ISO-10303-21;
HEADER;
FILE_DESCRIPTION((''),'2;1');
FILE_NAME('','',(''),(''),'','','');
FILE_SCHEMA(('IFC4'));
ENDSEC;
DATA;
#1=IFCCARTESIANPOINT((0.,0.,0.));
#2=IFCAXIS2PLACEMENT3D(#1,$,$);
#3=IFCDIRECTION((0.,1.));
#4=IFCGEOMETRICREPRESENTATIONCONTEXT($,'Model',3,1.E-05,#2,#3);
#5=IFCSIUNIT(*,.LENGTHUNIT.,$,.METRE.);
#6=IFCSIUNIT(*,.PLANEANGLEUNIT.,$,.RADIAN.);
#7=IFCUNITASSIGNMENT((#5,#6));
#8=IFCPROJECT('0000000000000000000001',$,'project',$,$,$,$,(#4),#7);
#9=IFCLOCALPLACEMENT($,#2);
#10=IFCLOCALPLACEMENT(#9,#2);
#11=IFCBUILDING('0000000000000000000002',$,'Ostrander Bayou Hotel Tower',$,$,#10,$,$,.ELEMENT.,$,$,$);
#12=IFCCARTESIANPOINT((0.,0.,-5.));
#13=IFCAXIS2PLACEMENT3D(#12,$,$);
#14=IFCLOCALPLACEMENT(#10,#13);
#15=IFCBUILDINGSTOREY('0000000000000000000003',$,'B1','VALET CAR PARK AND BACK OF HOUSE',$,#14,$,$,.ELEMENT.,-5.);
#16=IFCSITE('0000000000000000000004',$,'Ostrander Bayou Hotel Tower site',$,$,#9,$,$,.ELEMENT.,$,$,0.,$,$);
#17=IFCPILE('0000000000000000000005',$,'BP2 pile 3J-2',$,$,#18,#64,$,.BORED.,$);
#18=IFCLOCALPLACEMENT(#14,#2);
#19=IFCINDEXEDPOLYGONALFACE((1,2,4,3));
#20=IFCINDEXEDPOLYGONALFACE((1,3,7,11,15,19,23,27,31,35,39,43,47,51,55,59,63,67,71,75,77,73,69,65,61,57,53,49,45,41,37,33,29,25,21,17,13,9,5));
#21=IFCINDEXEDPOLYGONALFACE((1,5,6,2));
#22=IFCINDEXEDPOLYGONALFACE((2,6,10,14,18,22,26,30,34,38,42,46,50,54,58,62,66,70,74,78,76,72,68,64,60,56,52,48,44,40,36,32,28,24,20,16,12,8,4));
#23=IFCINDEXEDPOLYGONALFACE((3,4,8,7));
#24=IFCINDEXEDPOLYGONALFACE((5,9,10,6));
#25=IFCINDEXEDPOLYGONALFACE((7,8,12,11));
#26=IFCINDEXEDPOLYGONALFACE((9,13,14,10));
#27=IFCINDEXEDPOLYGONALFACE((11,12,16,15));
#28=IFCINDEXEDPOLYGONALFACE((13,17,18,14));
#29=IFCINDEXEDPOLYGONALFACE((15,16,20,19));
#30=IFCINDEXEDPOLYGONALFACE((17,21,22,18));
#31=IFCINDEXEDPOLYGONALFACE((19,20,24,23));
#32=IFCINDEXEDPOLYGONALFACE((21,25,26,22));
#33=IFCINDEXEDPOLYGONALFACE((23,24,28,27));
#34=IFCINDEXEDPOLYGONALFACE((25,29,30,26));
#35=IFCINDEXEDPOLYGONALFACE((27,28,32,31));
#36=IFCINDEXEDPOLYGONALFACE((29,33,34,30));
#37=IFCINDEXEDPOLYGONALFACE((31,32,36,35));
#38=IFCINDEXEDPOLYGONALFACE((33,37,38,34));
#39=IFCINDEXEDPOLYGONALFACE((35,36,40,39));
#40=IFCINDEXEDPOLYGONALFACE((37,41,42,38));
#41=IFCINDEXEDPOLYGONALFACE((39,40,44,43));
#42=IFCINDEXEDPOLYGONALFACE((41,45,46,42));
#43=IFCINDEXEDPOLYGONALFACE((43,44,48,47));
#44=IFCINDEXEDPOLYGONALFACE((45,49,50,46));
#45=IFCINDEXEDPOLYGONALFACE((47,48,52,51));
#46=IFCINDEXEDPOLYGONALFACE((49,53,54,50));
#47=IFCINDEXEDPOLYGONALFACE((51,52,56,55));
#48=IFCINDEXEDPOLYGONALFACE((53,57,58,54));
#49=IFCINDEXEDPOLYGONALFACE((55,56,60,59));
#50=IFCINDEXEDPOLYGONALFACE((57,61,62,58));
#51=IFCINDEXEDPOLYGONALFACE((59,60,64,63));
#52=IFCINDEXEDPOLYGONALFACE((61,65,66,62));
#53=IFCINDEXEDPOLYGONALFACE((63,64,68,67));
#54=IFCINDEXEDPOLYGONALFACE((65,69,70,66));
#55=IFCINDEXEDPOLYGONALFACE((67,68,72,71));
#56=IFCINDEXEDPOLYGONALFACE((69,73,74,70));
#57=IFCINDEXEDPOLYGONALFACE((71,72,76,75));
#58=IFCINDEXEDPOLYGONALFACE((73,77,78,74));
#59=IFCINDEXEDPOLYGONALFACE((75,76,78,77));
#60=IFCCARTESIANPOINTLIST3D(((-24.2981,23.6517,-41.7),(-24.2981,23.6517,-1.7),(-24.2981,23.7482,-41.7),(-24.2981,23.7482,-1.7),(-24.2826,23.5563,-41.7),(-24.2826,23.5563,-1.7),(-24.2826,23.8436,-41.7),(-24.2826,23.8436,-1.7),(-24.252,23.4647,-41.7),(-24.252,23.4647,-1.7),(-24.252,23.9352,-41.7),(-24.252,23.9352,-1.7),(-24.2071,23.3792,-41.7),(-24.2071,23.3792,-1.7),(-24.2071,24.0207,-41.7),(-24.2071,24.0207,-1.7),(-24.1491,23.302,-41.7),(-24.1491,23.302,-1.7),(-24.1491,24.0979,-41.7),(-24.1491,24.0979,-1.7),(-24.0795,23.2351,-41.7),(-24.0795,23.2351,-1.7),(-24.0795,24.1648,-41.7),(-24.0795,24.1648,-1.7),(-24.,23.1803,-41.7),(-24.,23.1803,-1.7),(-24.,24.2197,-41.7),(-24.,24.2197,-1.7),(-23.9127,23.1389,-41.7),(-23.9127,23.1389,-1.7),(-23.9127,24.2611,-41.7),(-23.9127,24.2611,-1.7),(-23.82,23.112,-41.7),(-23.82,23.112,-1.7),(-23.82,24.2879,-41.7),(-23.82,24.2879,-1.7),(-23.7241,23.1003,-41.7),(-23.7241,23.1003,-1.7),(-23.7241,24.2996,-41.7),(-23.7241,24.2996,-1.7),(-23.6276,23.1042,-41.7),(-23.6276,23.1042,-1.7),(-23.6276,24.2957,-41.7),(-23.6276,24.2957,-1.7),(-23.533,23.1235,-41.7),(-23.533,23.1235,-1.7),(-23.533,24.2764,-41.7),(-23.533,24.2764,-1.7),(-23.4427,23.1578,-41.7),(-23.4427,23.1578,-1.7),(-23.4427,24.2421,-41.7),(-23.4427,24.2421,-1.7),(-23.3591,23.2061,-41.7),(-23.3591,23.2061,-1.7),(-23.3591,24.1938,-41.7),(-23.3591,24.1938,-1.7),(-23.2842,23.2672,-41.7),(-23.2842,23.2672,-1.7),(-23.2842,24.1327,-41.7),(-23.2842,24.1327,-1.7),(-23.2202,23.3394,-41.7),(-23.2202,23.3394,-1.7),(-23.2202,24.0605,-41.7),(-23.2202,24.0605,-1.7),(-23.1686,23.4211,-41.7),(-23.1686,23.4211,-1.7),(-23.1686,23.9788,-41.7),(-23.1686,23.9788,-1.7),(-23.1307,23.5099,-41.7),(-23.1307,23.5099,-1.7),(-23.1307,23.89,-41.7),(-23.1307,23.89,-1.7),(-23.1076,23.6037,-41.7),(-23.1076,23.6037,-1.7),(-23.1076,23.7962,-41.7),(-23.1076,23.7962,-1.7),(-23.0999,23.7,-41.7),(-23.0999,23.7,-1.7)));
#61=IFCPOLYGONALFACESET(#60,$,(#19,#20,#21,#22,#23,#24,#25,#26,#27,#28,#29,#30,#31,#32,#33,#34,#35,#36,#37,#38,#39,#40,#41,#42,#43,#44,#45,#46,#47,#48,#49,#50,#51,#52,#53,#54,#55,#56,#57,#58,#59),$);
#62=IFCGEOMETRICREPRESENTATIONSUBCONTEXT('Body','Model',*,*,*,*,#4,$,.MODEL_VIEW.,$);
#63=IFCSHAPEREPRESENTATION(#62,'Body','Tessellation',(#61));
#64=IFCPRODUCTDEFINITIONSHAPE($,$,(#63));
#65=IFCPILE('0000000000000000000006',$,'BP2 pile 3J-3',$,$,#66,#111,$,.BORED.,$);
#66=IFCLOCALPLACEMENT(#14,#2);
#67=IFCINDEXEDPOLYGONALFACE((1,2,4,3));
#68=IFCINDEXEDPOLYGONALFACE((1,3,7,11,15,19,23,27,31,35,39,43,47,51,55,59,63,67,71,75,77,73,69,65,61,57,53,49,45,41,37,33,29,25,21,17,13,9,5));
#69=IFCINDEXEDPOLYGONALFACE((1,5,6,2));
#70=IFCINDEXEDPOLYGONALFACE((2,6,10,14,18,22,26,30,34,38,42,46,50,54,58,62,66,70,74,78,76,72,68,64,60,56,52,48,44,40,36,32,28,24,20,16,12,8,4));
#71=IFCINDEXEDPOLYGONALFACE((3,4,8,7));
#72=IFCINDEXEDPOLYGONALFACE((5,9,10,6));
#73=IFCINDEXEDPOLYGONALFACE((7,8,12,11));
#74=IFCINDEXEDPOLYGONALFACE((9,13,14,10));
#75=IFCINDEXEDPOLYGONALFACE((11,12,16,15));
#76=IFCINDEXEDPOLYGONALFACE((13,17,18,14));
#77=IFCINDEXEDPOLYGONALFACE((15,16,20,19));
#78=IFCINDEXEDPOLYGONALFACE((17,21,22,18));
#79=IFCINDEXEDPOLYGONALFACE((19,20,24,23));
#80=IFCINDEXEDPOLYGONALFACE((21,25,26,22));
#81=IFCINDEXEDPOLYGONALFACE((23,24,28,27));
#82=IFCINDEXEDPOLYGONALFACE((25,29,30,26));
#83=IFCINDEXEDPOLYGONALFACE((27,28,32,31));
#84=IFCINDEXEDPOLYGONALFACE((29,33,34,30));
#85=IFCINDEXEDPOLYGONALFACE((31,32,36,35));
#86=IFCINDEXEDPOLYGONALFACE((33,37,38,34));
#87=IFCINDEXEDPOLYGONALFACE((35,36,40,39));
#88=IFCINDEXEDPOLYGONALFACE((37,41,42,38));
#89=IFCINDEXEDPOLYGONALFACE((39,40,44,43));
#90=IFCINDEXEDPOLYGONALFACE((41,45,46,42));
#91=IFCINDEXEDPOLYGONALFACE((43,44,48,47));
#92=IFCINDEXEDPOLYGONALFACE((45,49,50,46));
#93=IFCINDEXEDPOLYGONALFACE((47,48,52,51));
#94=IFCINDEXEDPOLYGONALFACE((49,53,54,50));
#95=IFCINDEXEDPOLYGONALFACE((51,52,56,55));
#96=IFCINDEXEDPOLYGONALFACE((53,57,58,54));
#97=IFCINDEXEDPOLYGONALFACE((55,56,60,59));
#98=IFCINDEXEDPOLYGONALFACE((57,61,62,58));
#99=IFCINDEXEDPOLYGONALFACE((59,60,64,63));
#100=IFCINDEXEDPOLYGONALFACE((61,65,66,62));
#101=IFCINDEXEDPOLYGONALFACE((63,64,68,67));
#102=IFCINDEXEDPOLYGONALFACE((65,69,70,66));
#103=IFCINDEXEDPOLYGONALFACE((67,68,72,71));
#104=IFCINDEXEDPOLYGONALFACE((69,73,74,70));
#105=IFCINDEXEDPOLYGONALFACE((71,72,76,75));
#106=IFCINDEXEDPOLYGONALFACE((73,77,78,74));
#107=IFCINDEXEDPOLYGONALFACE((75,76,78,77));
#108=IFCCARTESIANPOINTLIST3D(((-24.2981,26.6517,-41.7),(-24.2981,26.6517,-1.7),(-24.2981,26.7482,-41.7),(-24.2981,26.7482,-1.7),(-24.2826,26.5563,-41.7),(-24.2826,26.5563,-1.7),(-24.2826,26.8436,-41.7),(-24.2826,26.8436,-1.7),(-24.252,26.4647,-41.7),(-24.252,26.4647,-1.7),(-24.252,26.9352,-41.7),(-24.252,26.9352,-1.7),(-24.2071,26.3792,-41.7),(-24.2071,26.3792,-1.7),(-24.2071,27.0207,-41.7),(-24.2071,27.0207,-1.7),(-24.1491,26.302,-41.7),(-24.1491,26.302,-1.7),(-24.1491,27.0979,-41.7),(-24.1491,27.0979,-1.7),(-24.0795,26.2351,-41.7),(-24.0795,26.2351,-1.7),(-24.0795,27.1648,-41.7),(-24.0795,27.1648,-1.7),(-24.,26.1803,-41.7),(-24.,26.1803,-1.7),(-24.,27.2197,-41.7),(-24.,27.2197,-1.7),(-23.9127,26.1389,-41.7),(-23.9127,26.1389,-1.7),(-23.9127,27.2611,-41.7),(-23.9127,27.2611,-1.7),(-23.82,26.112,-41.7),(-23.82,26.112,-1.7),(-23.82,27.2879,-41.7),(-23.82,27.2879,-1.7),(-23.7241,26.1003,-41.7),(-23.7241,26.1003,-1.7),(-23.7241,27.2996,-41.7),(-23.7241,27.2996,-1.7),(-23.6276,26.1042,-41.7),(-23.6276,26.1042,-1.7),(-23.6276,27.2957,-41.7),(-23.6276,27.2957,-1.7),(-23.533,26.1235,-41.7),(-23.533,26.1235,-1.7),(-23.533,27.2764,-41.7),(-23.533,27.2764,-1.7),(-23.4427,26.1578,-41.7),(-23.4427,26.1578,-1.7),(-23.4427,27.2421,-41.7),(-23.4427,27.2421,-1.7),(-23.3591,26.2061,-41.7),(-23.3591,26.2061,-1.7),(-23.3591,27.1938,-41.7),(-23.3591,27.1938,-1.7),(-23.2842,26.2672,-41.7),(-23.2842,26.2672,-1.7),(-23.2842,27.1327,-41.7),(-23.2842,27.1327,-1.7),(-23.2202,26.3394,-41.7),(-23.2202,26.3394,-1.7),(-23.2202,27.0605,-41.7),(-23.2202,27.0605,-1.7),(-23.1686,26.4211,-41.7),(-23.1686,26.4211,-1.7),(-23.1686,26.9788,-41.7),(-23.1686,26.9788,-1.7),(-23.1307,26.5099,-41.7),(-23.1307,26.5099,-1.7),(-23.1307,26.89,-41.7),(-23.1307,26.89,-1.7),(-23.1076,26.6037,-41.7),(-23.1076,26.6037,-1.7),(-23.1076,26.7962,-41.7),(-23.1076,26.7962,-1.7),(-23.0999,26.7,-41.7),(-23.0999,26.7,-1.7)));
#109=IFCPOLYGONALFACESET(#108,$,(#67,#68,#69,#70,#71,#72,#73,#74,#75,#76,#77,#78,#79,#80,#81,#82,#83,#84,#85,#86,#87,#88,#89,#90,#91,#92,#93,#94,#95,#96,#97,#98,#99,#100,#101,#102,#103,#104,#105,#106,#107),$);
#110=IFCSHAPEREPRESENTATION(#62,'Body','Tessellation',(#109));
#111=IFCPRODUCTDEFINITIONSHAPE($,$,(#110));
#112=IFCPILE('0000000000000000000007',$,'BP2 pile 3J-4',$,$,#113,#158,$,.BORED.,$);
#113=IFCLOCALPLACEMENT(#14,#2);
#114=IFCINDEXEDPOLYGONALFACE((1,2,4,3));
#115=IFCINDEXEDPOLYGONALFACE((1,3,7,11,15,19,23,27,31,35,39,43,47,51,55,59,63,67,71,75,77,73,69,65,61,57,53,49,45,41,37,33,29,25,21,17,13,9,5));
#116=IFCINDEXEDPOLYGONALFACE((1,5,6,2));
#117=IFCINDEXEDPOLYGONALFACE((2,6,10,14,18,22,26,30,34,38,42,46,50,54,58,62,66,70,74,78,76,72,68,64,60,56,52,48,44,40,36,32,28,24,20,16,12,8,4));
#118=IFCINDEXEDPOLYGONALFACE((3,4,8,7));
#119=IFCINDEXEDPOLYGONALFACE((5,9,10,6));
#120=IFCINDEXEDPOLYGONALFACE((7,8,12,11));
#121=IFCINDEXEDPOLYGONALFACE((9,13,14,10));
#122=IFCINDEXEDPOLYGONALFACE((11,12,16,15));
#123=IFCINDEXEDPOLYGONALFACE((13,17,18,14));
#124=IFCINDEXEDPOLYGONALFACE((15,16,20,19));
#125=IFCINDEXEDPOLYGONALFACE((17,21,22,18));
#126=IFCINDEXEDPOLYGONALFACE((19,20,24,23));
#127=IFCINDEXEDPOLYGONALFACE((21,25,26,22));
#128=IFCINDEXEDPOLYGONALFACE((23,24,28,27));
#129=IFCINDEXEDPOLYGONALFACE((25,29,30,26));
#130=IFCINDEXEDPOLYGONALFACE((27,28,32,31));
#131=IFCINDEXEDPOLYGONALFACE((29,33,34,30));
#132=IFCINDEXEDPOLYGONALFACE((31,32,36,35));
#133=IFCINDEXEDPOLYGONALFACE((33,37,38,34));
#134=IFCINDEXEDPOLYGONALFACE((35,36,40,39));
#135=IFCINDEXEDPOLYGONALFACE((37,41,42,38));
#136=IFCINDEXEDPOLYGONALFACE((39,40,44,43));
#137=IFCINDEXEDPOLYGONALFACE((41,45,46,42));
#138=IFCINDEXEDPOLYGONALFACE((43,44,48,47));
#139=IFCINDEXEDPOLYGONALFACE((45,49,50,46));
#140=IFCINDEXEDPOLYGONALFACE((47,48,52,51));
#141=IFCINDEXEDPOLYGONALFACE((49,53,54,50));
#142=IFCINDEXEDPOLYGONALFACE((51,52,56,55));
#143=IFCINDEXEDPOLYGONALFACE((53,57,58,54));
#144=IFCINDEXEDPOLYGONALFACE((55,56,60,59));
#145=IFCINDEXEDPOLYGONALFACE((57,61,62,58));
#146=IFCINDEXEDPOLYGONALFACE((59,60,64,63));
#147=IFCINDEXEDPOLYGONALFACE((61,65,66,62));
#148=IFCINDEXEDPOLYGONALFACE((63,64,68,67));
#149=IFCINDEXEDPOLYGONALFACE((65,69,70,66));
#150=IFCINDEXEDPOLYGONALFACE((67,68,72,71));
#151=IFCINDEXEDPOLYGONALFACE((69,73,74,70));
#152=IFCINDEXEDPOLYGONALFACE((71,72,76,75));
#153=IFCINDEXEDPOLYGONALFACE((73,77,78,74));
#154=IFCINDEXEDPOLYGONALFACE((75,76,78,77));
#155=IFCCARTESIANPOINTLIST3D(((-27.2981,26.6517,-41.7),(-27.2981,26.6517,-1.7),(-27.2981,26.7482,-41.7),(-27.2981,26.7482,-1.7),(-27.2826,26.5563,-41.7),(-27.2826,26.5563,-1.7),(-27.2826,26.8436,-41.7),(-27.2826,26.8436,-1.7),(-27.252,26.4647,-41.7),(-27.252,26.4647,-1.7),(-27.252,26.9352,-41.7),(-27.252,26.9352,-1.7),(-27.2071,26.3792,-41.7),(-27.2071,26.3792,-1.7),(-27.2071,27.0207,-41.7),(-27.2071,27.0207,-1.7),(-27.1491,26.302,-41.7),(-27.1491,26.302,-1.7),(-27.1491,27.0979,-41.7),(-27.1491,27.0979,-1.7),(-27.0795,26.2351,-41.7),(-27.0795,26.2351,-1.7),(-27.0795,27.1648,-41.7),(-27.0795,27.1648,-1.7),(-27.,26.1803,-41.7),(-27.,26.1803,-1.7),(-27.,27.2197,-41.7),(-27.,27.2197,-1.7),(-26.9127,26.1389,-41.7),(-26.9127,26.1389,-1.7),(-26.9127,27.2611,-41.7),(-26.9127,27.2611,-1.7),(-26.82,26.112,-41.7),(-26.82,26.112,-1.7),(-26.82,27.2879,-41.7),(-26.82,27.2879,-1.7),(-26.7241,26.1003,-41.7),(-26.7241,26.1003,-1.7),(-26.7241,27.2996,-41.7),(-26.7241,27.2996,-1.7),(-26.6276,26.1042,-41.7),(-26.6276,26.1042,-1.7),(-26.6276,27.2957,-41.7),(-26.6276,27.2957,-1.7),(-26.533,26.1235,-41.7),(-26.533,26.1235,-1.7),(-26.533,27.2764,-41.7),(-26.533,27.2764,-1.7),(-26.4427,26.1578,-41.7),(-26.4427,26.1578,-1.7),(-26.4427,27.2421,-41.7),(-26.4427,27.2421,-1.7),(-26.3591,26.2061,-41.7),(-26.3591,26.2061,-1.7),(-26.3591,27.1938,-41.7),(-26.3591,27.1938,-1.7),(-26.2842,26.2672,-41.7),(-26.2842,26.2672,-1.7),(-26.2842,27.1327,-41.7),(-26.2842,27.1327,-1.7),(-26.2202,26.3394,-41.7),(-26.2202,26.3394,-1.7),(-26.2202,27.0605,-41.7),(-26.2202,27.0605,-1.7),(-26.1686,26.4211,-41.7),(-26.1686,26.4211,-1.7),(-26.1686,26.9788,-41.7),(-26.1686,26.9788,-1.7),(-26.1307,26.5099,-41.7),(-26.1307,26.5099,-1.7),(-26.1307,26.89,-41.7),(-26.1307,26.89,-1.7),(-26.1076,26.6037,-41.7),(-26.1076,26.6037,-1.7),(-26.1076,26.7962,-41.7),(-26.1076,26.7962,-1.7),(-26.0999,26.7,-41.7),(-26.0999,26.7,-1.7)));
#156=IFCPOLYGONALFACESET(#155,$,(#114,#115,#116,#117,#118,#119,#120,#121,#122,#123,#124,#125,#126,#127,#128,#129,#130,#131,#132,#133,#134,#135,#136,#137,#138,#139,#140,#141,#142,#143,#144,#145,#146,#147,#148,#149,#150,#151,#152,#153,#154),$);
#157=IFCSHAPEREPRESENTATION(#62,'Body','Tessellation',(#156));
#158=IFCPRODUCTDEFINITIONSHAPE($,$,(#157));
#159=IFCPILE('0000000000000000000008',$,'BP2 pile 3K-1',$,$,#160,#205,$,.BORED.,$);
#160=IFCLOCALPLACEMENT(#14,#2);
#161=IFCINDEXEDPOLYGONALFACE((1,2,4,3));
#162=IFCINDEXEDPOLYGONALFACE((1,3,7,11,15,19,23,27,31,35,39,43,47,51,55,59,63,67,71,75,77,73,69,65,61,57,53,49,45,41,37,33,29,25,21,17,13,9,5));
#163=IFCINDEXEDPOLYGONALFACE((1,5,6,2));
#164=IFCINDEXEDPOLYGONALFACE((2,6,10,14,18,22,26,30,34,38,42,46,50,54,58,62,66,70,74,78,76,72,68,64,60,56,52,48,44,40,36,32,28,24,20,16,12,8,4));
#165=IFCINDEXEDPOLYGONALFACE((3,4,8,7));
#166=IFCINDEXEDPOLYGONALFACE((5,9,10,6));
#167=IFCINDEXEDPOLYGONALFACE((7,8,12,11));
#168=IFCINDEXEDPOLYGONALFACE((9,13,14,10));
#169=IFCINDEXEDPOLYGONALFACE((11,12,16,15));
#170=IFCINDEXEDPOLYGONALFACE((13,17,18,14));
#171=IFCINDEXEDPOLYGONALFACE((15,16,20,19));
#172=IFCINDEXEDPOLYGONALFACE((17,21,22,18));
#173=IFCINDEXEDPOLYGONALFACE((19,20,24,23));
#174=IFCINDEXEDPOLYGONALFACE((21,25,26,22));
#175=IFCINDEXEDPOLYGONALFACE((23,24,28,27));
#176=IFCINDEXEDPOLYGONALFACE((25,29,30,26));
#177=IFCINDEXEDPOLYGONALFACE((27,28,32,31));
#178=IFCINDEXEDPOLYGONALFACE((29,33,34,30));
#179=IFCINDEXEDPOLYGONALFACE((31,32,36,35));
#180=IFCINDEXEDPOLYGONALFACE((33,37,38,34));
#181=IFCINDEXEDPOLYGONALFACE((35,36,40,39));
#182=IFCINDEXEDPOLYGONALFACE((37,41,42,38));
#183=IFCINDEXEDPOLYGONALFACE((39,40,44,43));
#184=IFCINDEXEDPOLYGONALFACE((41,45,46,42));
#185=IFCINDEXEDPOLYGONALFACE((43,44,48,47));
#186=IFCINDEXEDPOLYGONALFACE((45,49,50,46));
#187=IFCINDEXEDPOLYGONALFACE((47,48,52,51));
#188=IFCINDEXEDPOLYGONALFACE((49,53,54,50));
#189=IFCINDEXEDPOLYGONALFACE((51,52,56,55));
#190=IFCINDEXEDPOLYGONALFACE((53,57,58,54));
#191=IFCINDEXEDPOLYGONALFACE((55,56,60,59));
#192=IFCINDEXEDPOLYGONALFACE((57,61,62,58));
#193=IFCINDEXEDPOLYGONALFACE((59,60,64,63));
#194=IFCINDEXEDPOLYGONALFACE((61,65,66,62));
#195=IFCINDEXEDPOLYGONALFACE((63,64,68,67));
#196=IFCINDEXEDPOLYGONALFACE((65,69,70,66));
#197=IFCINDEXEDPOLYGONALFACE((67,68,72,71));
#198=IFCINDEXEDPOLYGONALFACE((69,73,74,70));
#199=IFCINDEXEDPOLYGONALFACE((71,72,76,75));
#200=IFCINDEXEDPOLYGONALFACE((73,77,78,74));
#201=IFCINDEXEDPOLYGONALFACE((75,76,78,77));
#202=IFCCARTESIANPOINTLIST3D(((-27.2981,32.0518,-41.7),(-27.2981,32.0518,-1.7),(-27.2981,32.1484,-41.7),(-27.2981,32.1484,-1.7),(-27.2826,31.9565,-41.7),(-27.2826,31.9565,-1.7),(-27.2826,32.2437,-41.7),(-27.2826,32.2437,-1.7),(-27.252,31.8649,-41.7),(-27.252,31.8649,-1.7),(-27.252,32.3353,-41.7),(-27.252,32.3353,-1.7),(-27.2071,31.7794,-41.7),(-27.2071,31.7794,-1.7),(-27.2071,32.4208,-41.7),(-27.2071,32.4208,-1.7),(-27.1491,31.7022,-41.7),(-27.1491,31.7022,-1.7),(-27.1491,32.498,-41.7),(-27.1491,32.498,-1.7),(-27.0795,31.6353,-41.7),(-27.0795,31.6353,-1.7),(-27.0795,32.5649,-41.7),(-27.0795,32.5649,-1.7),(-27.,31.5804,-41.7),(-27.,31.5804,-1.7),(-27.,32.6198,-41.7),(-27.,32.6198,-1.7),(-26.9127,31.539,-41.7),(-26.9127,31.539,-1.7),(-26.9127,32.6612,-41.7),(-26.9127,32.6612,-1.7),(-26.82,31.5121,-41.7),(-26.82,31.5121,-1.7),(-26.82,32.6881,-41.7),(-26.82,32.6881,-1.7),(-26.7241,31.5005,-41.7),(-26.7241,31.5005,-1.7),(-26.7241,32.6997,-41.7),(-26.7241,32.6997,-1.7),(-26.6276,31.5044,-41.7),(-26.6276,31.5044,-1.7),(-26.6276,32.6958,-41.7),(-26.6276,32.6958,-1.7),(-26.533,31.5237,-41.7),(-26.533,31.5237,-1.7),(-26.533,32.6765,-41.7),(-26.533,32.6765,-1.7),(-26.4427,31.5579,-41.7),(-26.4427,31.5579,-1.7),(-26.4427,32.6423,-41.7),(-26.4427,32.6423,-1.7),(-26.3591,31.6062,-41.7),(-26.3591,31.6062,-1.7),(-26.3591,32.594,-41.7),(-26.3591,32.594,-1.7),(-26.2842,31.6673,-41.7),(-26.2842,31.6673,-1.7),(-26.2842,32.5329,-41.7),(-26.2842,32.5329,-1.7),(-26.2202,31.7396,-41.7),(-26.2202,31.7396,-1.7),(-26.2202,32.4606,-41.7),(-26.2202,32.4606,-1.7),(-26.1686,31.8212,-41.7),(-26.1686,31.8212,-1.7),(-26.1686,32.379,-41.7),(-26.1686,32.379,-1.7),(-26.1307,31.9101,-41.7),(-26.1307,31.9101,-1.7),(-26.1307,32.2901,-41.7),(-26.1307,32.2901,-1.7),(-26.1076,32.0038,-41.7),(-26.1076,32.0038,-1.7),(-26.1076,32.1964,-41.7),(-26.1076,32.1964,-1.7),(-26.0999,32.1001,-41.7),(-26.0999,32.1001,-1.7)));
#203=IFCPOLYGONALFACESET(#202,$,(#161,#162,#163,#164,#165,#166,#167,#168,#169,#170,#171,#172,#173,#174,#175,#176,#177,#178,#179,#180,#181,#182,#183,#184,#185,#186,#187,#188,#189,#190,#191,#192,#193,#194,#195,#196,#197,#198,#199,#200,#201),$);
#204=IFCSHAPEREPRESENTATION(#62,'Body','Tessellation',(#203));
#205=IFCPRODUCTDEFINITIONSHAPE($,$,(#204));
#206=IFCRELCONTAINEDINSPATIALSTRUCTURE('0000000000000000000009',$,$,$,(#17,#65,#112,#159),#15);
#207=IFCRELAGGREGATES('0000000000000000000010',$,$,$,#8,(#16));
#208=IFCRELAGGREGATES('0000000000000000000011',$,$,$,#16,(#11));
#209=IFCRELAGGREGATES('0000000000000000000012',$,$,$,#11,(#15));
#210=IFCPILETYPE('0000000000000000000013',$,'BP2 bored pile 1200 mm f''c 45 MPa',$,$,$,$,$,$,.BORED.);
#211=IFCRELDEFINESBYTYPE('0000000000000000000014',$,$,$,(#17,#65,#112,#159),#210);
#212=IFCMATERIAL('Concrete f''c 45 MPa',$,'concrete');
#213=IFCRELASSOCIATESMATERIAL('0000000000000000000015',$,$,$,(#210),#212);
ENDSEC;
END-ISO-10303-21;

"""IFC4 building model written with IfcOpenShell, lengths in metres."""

from ifc_helpers import new_model, si_unit, direction, frame, origin, origin_2d, place, context, subcontext, project, spatial, circle, extrude, material, material_profile, profile_set, type_object, element, save


model = new_model("IFC4")

# Units and contexts
model_context = context("Model", 3, precision=1e-05, world=origin(), true_north=direction((0.0, 1.0)))
body_context = subcontext(model_context, "Body", "Model", "MODEL_VIEW")
ifc_project = project(units=[si_unit("LENGTHUNIT", "METRE"), si_unit("PLANEANGLEUNIT", "RADIAN")], contexts=[model_context])

# Site, building, storey
site_placement = place(None, origin())
site = spatial("IfcSite", under=ifc_project, at=site_placement, Name="Ostrander Bayou Hotel Tower site", CompositionType="ELEMENT", RefElevation=0.0)
building_placement = place(site_placement, origin())
building = spatial("IfcBuilding", under=site, at=building_placement, Name="Ostrander Bayou Hotel Tower", CompositionType="ELEMENT")
storey_placement = place(building_placement, frame((0.0, 0.0, -5.0)))
storey = spatial("IfcBuildingStorey", under=building, at=storey_placement, Name="B1", Description="VALET CAR PARK AND BACK OF HOUSE", CompositionType="ELEMENT", Elevation=-5.0)

# Piles
ifc_material_1 = material(Name="Concrete f'c 45 MPa", Category="concrete")
ifc_material_profile_1 = material_profile(ifc_material_1, circle(Radius=0.6001, at=origin_2d()))
ifc_profile_set_1 = profile_set([ifc_material_profile_1], Name="Concrete f'c 45 MPa")
pile_type = type_object("IfcPileType", Name="BP2 bored pile 1200 mm f'c 45 MPa", PredefinedType="BORED", material=ifc_profile_set_1)
for number, where, z_axis, x_axis, name in (
    (1, (-23.7, 23.7, -1.7), (0.0, 0.0, -1.0), (1.0, 0.0, 0.0), "BP2 pile 3J-2"),
    (2, (-23.7, 26.7, -1.7), (0.0, 0.0, -1.0), (1.0, 0.0, 0.0), "BP2 pile 3J-3"),
    (3, (-26.7, 26.7, -1.7), (0.0, 0.0, -1.0), (1.0, 0.0, 0.0), "BP2 pile 3J-4"),
    (4, (-26.7, 32.1001, -1.7), (0.0, 0.0, -1.0), (1.0, 0.0, 0.0), "BP2 pile 3K-1"),
):
    element("IfcPile", number, at=place(storey_placement, frame(where, z_axis=z_axis, x_axis=x_axis)), inside=storey, type_object=pile_type, Name=name, PredefinedType="BORED", context=body_context, shape_type="SweptSolid", body=[
        extrude(circle(Radius=0.6001, at=origin_2d()), origin(), (0.0, 0.0, 1.0), 40.0),
    ])

save(model, "model.ifc")
